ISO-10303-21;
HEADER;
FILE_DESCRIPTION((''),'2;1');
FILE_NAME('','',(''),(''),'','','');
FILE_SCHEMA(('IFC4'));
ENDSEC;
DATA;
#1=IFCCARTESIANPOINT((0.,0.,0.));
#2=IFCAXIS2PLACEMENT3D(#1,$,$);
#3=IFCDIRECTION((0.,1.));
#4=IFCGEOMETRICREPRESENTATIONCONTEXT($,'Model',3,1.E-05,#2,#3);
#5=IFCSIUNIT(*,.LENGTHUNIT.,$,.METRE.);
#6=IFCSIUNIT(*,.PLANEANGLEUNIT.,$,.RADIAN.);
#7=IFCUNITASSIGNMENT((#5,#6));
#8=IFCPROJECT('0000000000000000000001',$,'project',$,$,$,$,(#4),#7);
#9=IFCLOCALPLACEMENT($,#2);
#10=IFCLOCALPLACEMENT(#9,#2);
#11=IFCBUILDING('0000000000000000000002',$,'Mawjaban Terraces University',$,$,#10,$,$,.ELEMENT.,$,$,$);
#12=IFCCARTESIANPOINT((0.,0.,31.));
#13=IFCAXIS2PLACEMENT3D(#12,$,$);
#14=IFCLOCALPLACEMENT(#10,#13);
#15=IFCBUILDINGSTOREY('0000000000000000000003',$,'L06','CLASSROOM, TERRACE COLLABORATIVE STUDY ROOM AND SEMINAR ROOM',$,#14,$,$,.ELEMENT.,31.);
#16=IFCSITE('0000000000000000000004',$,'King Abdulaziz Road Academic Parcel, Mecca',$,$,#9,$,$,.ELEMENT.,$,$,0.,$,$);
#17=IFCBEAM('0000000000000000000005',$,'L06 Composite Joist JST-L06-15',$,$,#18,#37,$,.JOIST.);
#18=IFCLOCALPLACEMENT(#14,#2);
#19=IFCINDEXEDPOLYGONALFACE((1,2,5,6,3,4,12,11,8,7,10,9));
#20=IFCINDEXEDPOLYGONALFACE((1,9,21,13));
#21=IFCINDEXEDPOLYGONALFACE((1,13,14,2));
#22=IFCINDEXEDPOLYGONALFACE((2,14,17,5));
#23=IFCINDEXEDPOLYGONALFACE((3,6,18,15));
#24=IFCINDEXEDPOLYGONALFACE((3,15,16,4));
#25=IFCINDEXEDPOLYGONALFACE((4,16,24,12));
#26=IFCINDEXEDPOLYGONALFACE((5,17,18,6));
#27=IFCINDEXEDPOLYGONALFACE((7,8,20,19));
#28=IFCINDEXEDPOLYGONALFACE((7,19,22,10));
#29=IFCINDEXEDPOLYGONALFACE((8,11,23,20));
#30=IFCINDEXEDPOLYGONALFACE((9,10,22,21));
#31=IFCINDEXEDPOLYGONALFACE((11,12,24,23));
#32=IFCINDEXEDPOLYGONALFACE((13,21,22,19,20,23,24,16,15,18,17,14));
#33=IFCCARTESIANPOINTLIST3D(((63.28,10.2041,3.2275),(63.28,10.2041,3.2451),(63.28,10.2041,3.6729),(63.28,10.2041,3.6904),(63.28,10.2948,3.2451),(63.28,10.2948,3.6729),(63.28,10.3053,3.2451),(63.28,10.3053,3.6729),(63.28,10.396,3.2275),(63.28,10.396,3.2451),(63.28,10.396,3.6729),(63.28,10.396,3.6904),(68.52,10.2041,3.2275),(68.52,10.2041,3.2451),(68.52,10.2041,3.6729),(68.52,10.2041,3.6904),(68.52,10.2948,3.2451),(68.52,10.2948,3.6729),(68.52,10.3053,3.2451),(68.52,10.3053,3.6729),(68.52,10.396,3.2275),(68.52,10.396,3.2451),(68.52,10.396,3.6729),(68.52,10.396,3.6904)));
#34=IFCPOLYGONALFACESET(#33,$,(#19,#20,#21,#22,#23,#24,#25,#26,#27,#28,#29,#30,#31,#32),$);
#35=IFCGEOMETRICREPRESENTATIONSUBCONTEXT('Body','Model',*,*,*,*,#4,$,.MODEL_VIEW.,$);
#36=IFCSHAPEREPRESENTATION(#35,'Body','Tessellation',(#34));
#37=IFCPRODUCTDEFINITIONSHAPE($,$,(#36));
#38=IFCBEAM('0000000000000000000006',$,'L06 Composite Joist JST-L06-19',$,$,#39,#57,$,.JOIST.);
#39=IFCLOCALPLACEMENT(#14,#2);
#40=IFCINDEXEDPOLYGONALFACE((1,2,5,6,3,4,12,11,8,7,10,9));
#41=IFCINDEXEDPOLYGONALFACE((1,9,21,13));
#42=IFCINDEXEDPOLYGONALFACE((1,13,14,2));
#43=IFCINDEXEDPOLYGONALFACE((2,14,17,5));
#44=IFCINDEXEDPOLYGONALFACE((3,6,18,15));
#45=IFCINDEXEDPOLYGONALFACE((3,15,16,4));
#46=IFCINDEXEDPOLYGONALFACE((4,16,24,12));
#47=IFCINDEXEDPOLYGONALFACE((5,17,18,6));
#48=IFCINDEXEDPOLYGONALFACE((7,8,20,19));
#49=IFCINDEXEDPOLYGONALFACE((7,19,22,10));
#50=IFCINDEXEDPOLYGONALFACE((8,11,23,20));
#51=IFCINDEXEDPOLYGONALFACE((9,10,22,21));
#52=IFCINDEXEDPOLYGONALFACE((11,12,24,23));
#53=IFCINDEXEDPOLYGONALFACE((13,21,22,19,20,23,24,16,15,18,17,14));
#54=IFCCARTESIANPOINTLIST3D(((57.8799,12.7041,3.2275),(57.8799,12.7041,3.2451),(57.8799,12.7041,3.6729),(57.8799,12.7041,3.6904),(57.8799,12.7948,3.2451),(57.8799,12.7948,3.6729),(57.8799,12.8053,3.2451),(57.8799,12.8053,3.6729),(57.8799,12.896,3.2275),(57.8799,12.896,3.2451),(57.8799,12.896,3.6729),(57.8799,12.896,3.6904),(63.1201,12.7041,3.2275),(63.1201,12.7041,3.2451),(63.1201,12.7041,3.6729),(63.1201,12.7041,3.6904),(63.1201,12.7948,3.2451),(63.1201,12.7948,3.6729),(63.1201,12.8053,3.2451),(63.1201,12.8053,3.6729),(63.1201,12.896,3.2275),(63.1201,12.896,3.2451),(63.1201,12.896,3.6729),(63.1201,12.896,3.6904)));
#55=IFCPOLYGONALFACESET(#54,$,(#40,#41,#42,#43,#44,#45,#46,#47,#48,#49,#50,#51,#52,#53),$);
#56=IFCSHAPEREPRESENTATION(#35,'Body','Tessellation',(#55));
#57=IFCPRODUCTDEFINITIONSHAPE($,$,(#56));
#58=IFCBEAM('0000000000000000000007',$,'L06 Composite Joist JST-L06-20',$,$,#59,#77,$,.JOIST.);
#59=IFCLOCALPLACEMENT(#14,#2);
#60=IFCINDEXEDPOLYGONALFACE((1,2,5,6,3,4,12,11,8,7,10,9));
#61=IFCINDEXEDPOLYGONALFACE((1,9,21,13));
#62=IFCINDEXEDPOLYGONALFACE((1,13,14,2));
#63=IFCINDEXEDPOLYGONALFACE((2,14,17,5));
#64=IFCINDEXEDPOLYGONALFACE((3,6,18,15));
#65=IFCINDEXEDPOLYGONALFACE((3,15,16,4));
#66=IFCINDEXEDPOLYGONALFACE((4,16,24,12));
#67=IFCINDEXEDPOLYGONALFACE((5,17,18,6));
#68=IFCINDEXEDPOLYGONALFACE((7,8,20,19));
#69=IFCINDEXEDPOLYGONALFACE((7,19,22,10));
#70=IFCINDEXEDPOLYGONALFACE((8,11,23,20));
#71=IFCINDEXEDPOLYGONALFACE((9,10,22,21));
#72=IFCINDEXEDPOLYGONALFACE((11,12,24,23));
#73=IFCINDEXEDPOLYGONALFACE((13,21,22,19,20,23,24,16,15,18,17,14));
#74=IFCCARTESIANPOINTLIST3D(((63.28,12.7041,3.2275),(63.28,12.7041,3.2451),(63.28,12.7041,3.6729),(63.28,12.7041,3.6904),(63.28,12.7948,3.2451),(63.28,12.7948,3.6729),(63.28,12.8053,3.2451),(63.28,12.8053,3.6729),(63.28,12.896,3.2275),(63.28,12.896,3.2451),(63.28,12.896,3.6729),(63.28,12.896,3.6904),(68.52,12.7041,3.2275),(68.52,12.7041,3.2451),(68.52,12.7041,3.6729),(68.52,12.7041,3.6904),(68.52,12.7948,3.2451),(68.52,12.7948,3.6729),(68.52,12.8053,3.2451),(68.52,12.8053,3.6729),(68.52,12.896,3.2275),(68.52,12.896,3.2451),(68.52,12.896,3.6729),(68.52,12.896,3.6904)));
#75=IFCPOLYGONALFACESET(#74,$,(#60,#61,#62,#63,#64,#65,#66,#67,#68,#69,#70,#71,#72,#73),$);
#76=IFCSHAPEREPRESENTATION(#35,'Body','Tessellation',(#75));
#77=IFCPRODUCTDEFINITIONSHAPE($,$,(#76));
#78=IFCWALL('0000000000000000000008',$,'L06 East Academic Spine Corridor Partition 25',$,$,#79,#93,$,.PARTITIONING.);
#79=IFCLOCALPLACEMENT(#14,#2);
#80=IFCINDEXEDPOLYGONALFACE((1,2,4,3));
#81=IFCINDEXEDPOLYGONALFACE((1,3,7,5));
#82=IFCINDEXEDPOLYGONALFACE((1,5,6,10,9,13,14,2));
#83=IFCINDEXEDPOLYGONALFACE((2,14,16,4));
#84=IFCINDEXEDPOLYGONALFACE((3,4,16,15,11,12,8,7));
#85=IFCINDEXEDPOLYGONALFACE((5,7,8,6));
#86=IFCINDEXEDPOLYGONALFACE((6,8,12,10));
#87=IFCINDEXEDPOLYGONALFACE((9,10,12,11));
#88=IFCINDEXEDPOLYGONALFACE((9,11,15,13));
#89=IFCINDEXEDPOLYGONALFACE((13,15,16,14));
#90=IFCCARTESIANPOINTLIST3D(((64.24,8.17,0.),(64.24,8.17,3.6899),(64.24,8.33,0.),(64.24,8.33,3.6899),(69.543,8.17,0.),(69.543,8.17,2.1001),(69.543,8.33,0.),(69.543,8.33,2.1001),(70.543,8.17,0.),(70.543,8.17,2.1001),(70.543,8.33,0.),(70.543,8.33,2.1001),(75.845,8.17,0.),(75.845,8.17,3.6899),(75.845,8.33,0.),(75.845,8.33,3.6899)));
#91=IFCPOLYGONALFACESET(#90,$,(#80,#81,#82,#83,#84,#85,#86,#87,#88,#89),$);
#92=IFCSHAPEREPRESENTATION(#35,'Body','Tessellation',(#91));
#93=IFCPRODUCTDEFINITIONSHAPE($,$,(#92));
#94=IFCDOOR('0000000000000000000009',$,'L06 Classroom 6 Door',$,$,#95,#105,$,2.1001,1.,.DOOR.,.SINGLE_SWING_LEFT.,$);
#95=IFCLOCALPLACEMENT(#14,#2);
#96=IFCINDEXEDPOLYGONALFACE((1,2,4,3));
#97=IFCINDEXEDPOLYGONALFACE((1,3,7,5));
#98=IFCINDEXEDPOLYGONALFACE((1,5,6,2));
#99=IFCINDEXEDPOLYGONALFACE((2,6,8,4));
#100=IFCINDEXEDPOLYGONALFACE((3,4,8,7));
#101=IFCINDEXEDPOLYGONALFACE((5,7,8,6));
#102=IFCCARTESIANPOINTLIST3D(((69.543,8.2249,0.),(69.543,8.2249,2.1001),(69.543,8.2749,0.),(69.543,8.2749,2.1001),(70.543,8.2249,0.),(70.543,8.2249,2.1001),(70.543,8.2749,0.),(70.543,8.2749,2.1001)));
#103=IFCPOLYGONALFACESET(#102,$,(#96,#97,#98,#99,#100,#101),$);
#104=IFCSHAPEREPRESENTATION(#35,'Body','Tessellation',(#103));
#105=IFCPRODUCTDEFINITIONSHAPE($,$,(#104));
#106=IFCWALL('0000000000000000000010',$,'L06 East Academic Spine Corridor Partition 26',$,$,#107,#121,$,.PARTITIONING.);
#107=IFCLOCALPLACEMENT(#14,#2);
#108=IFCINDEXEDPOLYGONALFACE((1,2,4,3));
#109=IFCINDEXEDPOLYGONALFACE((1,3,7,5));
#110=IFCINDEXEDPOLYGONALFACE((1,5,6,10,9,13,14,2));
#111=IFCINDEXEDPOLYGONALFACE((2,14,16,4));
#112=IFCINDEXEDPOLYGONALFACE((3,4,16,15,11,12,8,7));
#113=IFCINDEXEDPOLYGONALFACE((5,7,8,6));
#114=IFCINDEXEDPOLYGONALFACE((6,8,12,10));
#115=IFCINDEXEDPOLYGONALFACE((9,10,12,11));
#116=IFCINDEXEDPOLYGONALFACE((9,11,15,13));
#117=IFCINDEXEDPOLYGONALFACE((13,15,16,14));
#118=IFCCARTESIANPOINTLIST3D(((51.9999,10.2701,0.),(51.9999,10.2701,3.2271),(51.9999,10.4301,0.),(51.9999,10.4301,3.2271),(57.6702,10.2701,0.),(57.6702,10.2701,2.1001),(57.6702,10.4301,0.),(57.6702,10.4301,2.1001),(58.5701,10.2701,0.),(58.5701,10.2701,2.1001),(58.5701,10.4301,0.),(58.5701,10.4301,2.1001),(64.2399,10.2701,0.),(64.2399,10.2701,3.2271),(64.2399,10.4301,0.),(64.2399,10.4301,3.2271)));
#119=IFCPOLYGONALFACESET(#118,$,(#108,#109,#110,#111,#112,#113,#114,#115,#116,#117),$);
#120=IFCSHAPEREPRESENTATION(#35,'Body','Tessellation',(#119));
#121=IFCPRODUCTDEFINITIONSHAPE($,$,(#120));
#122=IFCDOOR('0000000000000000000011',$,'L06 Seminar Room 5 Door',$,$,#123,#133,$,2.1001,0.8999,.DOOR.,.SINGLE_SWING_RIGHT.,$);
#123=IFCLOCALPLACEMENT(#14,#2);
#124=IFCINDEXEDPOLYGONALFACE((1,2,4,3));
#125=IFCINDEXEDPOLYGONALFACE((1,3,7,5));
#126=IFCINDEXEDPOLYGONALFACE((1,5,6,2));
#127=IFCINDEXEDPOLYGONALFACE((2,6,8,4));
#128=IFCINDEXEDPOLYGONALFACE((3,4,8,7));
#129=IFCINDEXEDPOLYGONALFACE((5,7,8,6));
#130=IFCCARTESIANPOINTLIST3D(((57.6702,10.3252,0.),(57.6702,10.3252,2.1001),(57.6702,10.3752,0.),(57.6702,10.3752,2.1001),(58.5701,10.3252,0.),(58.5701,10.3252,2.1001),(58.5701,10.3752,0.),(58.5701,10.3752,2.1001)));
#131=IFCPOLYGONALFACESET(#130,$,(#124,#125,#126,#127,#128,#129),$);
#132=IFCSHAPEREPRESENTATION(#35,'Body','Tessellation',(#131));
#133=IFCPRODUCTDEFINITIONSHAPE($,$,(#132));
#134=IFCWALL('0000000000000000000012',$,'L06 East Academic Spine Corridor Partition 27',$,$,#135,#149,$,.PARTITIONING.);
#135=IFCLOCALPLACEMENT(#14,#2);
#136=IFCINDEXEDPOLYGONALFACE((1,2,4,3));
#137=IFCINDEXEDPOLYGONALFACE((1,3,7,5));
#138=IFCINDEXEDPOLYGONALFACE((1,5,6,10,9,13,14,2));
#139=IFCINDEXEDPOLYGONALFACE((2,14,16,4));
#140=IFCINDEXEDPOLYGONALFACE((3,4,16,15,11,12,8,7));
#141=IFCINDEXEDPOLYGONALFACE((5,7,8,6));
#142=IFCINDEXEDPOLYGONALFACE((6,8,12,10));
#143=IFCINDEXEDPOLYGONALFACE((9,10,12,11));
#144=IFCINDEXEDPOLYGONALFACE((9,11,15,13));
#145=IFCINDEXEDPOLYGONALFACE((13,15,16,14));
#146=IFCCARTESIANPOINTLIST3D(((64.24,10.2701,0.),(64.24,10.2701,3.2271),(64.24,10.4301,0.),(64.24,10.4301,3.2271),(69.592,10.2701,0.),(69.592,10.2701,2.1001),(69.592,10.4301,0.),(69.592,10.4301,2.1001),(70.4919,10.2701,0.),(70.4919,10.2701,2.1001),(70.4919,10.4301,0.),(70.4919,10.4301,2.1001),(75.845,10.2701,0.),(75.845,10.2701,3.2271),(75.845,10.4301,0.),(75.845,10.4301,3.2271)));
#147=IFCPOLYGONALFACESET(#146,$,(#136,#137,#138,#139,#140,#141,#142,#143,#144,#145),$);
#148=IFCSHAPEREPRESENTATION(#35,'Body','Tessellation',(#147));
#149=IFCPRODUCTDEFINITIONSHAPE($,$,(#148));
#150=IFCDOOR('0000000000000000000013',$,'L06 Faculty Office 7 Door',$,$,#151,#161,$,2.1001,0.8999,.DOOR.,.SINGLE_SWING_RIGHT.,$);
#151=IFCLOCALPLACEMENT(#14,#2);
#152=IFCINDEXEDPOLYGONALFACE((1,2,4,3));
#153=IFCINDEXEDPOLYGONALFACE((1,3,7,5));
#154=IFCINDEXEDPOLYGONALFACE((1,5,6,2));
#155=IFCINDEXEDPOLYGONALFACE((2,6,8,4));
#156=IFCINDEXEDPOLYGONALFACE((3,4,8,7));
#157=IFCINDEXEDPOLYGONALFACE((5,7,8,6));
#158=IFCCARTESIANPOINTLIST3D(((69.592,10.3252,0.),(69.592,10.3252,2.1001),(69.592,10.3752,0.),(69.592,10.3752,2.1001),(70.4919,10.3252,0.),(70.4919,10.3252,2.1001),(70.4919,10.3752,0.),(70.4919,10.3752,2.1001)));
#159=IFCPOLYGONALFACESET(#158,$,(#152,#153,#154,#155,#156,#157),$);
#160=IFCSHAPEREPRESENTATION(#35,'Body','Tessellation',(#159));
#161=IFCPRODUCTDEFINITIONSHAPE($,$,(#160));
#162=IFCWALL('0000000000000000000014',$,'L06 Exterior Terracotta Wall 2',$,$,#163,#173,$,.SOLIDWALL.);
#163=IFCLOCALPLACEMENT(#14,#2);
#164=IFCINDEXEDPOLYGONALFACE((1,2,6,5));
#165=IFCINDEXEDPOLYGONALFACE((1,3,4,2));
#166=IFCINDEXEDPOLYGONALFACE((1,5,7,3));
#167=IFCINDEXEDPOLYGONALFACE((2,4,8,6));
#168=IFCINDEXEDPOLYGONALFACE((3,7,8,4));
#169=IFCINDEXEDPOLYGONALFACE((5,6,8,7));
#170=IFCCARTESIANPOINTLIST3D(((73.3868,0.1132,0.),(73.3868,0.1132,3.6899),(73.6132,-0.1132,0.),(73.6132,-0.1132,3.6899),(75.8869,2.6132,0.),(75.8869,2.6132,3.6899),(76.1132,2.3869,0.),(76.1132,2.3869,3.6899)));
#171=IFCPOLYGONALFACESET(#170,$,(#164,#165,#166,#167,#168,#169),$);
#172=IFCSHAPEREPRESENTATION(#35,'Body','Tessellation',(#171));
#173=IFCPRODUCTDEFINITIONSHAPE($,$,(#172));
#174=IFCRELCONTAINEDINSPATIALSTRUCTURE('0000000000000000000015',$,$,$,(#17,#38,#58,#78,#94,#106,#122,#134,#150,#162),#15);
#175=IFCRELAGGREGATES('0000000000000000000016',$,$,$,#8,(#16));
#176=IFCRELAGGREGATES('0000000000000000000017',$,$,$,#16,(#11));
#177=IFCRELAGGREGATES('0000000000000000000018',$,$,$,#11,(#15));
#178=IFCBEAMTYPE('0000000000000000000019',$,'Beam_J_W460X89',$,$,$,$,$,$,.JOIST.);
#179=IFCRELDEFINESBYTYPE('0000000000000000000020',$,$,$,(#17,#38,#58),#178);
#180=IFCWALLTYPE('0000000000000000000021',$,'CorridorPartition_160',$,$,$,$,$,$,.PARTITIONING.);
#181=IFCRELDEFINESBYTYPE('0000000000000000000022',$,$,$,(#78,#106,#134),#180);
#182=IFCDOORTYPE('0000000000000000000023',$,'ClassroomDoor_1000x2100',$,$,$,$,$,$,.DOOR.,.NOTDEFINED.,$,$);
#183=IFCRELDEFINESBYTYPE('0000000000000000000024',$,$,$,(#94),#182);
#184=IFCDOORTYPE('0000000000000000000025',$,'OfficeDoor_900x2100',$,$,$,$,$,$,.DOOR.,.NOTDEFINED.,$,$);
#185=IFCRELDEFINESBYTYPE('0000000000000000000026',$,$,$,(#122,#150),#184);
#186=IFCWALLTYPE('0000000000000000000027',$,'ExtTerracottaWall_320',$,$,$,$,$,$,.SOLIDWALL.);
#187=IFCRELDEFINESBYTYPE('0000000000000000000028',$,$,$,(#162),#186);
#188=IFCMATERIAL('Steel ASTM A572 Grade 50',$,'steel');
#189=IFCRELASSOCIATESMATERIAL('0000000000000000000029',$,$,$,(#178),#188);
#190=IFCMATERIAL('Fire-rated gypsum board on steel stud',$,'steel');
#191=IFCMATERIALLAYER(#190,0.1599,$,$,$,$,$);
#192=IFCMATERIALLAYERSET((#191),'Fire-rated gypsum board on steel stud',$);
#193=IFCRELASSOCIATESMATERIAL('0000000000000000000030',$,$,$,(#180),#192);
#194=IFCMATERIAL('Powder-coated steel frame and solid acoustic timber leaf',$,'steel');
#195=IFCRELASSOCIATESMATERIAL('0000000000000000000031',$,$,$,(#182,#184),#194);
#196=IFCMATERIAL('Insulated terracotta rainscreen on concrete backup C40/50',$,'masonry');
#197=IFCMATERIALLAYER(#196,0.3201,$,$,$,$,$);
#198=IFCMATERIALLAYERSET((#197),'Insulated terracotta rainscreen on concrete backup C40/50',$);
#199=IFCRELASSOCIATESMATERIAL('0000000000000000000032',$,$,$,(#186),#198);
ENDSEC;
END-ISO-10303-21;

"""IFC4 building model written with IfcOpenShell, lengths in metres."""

from ifc_helpers import new_model, si_unit, direction, frame, frame_2d, origin, origin_2d, place, context, subcontext, project, spatial, rectangle, i_section, extrude, material, layer, layer_set, material_profile, profile_set, type_object, element, fill, save


model = new_model("IFC4")

# Units and contexts
model_context = context("Model", 3, precision=1e-05, world=origin(), true_north=direction((0.0, 1.0)))
body_context = subcontext(model_context, "Body", "Model", "MODEL_VIEW")
ifc_project = project(units=[si_unit("LENGTHUNIT", "METRE"), si_unit("PLANEANGLEUNIT", "RADIAN")], contexts=[model_context])

# Site, building, storey
site_placement = place(None, origin())
site = spatial("IfcSite", under=ifc_project, at=site_placement, Name="King Abdulaziz Road Academic Parcel, Mecca", CompositionType="ELEMENT", RefElevation=0.0)
building_placement = place(site_placement, origin())
building = spatial("IfcBuilding", under=site, at=building_placement, Name="Mawjaban Terraces University", CompositionType="ELEMENT")
storey_placement = place(building_placement, frame((0.0, 0.0, 31.0)))
storey = spatial("IfcBuildingStorey", under=building, at=storey_placement, Name="L06", Description="CLASSROOM, TERRACE COLLABORATIVE STUDY ROOM AND SEMINAR ROOM", CompositionType="ELEMENT", Elevation=31.0)

# Beams
ifc_material_1 = material(Name="Steel ASTM A572 Grade 50", Category="steel")
ifc_material_profile_1 = material_profile(ifc_material_1, i_section(OverallWidth=0.1919, OverallDepth=0.4629, WebThickness=0.0105, FlangeThickness=0.0176, at=origin_2d()), Name="W460X89")
ifc_profile_set_1 = profile_set([ifc_material_profile_1], Name="Steel ASTM A572 Grade 50")
beam_type_1 = type_object("IfcBeamType", Name="Beam_J_W460X89", PredefinedType="JOIST", material=ifc_profile_set_1)
beam_1_placement = place(storey_placement, frame((63.28, 10.3, 3.459), z_axis=(1.0, 0.0, 0.0), x_axis=(0.0, 1.0, 0.0)))
element("IfcBeam", 1, at=beam_1_placement, inside=storey, type_object=beam_type_1, Name="L06 Composite Joist JST-L06-15", PredefinedType="JOIST", context=body_context, shape_type="SweptSolid", body=[
    extrude(i_section(OverallWidth=0.1919, OverallDepth=0.4629, WebThickness=0.0105, FlangeThickness=0.0176, at=origin_2d()), origin(), (0.0, 0.0, 1.0), 5.24),
])
beam_2_placement = place(storey_placement, frame((57.8799, 12.8, 3.459), z_axis=(1.0, 0.0, 0.0), x_axis=(0.0, 1.0, 0.0)))
element("IfcBeam", 2, at=beam_2_placement, inside=storey, type_object=beam_type_1, Name="L06 Composite Joist JST-L06-19", PredefinedType="JOIST", context=body_context, shape_type="SweptSolid", body=[
    extrude(i_section(OverallWidth=0.1919, OverallDepth=0.4629, WebThickness=0.0105, FlangeThickness=0.0176, at=origin_2d()), origin(), (0.0, 0.0, 1.0), 5.2402),
])
beam_3_placement = place(storey_placement, frame((63.28, 12.8, 3.459), z_axis=(1.0, 0.0, 0.0), x_axis=(0.0, 1.0, 0.0)))
element("IfcBeam", 3, at=beam_3_placement, inside=storey, type_object=beam_type_1, Name="L06 Composite Joist JST-L06-20", PredefinedType="JOIST", context=body_context, shape_type="SweptSolid", body=[
    extrude(i_section(OverallWidth=0.1919, OverallDepth=0.4629, WebThickness=0.0105, FlangeThickness=0.0176, at=origin_2d()), origin(), (0.0, 0.0, 1.0), 5.24),
])

# Walls, openings, doors
ifc_material_2 = material(Name="Fire-rated gypsum board on steel stud", Category="steel")
ifc_layer_1 = layer(ifc_material_2, 0.1599)
ifc_layer_set_1 = layer_set([ifc_layer_1], Name="Fire-rated gypsum board on steel stud")
wall_type_1 = type_object("IfcWallType", Name="CorridorPartition_160", PredefinedType="PARTITIONING", material=ifc_layer_set_1)
wall_1_placement = place(storey_placement, frame((64.24, 8.25, 0.0), z_axis=(0.0, 0.0, 1.0), x_axis=(1.0, 0.0, 0.0)))
wall_1 = element("IfcWall", 4, at=wall_1_placement, inside=storey, type_object=wall_type_1, Name="L06 East Academic Spine Corridor Partition 25", PredefinedType="PARTITIONING", context=body_context, shape_type="SweptSolid", body=[
    extrude(rectangle(XDim=11.605, YDim=0.1599, at=frame_2d((5.8025, 0.0))), origin(), (0.0, 0.0, 1.0), 3.6899),
])
opening_1_placement = place(wall_1_placement, frame((5.303, 0.0, 0.0)))
opening_1 = element("IfcOpeningElement", 5, at=opening_1_placement, cuts=wall_1, PredefinedType="OPENING", context=body_context, shape_type="SweptSolid", body=[
    extrude(rectangle(XDim=1.0, YDim=2.1001, at=frame_2d((0.5, 1.05))), frame((0.0, 0.0898, 0.0), z_axis=(0.0, -1.0, 0.0), x_axis=(1.0, 0.0, 0.0)), (0.0, 0.0, 1.0), 0.1799),
])
ifc_material_3 = material(Name="Powder-coated steel frame and solid acoustic timber leaf", Category="steel")
door_type_1 = type_object("IfcDoorType", Name="ClassroomDoor_1000x2100", OperationType="NOTDEFINED", PredefinedType="DOOR", material=ifc_material_3)
door_1_placement = place(opening_1_placement, origin())
door_1 = element("IfcDoor", 6, at=door_1_placement, inside=storey, type_object=door_type_1, Name="L06 Classroom 6 Door", OperationType="SINGLE_SWING_LEFT", OverallHeight=2.1001, OverallWidth=1.0, PredefinedType="DOOR", context=body_context, shape_type="SweptSolid", body=[
    extrude(rectangle(XDim=1.0, YDim=2.1001, at=frame_2d((0.5, 1.05))), frame((0.0, 0.0249, 0.0), z_axis=(0.0, -1.0, 0.0), x_axis=(1.0, 0.0, 0.0)), (0.0, 0.0, 1.0), 0.05),
])
fill(opening_1, door_1)
wall_2_placement = place(storey_placement, frame((64.24, 10.3501, 0.0), z_axis=(0.0, 0.0, 1.0), x_axis=(-1.0, 0.0, 0.0)))
wall_2 = element("IfcWall", 7, at=wall_2_placement, inside=storey, type_object=wall_type_1, Name="L06 East Academic Spine Corridor Partition 26", PredefinedType="PARTITIONING", context=body_context, shape_type="SweptSolid", body=[
    extrude(rectangle(XDim=12.24, YDim=0.1599, at=frame_2d((6.1201, 0.0))), origin(), (0.0, 0.0, 1.0), 3.2271),
])
opening_2_placement = place(wall_2_placement, frame((5.6699, 0.0, 0.0)))
opening_2 = element("IfcOpeningElement", 8, at=opening_2_placement, cuts=wall_2, PredefinedType="OPENING", context=body_context, shape_type="SweptSolid", body=[
    extrude(rectangle(XDim=0.8999, YDim=2.1001, at=frame_2d((0.45, 1.05))), frame((0.0, 0.0898, 0.0), z_axis=(0.0, -1.0, 0.0), x_axis=(1.0, 0.0, 0.0)), (0.0, 0.0, 1.0), 0.1799),
])
door_type_2 = type_object("IfcDoorType", Name="OfficeDoor_900x2100", OperationType="NOTDEFINED", PredefinedType="DOOR", material=ifc_material_3)
door_2_placement = place(opening_2_placement, origin())
door_2 = element("IfcDoor", 9, at=door_2_placement, inside=storey, type_object=door_type_2, Name="L06 Seminar Room 5 Door", OperationType="SINGLE_SWING_RIGHT", OverallHeight=2.1001, OverallWidth=0.8999, PredefinedType="DOOR", context=body_context, shape_type="SweptSolid", body=[
    extrude(rectangle(XDim=0.8999, YDim=2.1001, at=frame_2d((0.45, 1.05))), frame((0.0, 0.0249, 0.0), z_axis=(0.0, -1.0, 0.0), x_axis=(1.0, 0.0, 0.0)), (0.0, 0.0, 1.0), 0.05),
])
fill(opening_2, door_2)
wall_3_placement = place(storey_placement, frame((75.845, 10.3501, 0.0), z_axis=(0.0, 0.0, 1.0), x_axis=(-1.0, 0.0, 0.0)))
wall_3 = element("IfcWall", 10, at=wall_3_placement, inside=storey, type_object=wall_type_1, Name="L06 East Academic Spine Corridor Partition 27", PredefinedType="PARTITIONING", context=body_context, shape_type="SweptSolid", body=[
    extrude(rectangle(XDim=11.605, YDim=0.1599, at=frame_2d((5.8025, 0.0))), origin(), (0.0, 0.0, 1.0), 3.2271),
])
opening_3_placement = place(wall_3_placement, frame((5.353, 0.0, 0.0)))
opening_3 = element("IfcOpeningElement", 11, at=opening_3_placement, cuts=wall_3, PredefinedType="OPENING", context=body_context, shape_type="SweptSolid", body=[
    extrude(rectangle(XDim=0.8999, YDim=2.1001, at=frame_2d((0.45, 1.05))), frame((0.0, 0.0898, 0.0), z_axis=(0.0, -1.0, 0.0), x_axis=(1.0, 0.0, 0.0)), (0.0, 0.0, 1.0), 0.1799),
])
door_3_placement = place(opening_3_placement, origin())
door_3 = element("IfcDoor", 12, at=door_3_placement, inside=storey, type_object=door_type_2, Name="L06 Faculty Office 7 Door", OperationType="SINGLE_SWING_RIGHT", OverallHeight=2.1001, OverallWidth=0.8999, PredefinedType="DOOR", context=body_context, shape_type="SweptSolid", body=[
    extrude(rectangle(XDim=0.8999, YDim=2.1001, at=frame_2d((0.45, 1.05))), frame((0.0, 0.0249, 0.0), z_axis=(0.0, -1.0, 0.0), x_axis=(1.0, 0.0, 0.0)), (0.0, 0.0, 1.0), 0.05),
])
fill(opening_3, door_3)

# Wall
ifc_material_4 = material(Name="Insulated terracotta rainscreen on concrete backup C40/50", Category="masonry")
ifc_layer_2 = layer(ifc_material_4, 0.3201)
ifc_layer_set_2 = layer_set([ifc_layer_2], Name="Insulated terracotta rainscreen on concrete backup C40/50")
wall_type_2 = type_object("IfcWallType", Name="ExtTerracottaWall_320", PredefinedType="SOLIDWALL", material=ifc_layer_set_2)
wall_4_placement = place(storey_placement, frame((73.5, 0.0, 0.0), z_axis=(0.0, 0.0, 1.0), x_axis=(0.707107, 0.707107, 0.0)))
element("IfcWall", 13, at=wall_4_placement, inside=storey, type_object=wall_type_2, Name="L06 Exterior Terracotta Wall 2", PredefinedType="SOLIDWALL", context=body_context, shape_type="SweptSolid", body=[
    extrude(rectangle(XDim=3.5356, YDim=0.3201, at=frame_2d((1.7678, 0.0))), origin(), (0.0, 0.0, 1.0), 3.6899),
])

save(model, "model.ifc")
